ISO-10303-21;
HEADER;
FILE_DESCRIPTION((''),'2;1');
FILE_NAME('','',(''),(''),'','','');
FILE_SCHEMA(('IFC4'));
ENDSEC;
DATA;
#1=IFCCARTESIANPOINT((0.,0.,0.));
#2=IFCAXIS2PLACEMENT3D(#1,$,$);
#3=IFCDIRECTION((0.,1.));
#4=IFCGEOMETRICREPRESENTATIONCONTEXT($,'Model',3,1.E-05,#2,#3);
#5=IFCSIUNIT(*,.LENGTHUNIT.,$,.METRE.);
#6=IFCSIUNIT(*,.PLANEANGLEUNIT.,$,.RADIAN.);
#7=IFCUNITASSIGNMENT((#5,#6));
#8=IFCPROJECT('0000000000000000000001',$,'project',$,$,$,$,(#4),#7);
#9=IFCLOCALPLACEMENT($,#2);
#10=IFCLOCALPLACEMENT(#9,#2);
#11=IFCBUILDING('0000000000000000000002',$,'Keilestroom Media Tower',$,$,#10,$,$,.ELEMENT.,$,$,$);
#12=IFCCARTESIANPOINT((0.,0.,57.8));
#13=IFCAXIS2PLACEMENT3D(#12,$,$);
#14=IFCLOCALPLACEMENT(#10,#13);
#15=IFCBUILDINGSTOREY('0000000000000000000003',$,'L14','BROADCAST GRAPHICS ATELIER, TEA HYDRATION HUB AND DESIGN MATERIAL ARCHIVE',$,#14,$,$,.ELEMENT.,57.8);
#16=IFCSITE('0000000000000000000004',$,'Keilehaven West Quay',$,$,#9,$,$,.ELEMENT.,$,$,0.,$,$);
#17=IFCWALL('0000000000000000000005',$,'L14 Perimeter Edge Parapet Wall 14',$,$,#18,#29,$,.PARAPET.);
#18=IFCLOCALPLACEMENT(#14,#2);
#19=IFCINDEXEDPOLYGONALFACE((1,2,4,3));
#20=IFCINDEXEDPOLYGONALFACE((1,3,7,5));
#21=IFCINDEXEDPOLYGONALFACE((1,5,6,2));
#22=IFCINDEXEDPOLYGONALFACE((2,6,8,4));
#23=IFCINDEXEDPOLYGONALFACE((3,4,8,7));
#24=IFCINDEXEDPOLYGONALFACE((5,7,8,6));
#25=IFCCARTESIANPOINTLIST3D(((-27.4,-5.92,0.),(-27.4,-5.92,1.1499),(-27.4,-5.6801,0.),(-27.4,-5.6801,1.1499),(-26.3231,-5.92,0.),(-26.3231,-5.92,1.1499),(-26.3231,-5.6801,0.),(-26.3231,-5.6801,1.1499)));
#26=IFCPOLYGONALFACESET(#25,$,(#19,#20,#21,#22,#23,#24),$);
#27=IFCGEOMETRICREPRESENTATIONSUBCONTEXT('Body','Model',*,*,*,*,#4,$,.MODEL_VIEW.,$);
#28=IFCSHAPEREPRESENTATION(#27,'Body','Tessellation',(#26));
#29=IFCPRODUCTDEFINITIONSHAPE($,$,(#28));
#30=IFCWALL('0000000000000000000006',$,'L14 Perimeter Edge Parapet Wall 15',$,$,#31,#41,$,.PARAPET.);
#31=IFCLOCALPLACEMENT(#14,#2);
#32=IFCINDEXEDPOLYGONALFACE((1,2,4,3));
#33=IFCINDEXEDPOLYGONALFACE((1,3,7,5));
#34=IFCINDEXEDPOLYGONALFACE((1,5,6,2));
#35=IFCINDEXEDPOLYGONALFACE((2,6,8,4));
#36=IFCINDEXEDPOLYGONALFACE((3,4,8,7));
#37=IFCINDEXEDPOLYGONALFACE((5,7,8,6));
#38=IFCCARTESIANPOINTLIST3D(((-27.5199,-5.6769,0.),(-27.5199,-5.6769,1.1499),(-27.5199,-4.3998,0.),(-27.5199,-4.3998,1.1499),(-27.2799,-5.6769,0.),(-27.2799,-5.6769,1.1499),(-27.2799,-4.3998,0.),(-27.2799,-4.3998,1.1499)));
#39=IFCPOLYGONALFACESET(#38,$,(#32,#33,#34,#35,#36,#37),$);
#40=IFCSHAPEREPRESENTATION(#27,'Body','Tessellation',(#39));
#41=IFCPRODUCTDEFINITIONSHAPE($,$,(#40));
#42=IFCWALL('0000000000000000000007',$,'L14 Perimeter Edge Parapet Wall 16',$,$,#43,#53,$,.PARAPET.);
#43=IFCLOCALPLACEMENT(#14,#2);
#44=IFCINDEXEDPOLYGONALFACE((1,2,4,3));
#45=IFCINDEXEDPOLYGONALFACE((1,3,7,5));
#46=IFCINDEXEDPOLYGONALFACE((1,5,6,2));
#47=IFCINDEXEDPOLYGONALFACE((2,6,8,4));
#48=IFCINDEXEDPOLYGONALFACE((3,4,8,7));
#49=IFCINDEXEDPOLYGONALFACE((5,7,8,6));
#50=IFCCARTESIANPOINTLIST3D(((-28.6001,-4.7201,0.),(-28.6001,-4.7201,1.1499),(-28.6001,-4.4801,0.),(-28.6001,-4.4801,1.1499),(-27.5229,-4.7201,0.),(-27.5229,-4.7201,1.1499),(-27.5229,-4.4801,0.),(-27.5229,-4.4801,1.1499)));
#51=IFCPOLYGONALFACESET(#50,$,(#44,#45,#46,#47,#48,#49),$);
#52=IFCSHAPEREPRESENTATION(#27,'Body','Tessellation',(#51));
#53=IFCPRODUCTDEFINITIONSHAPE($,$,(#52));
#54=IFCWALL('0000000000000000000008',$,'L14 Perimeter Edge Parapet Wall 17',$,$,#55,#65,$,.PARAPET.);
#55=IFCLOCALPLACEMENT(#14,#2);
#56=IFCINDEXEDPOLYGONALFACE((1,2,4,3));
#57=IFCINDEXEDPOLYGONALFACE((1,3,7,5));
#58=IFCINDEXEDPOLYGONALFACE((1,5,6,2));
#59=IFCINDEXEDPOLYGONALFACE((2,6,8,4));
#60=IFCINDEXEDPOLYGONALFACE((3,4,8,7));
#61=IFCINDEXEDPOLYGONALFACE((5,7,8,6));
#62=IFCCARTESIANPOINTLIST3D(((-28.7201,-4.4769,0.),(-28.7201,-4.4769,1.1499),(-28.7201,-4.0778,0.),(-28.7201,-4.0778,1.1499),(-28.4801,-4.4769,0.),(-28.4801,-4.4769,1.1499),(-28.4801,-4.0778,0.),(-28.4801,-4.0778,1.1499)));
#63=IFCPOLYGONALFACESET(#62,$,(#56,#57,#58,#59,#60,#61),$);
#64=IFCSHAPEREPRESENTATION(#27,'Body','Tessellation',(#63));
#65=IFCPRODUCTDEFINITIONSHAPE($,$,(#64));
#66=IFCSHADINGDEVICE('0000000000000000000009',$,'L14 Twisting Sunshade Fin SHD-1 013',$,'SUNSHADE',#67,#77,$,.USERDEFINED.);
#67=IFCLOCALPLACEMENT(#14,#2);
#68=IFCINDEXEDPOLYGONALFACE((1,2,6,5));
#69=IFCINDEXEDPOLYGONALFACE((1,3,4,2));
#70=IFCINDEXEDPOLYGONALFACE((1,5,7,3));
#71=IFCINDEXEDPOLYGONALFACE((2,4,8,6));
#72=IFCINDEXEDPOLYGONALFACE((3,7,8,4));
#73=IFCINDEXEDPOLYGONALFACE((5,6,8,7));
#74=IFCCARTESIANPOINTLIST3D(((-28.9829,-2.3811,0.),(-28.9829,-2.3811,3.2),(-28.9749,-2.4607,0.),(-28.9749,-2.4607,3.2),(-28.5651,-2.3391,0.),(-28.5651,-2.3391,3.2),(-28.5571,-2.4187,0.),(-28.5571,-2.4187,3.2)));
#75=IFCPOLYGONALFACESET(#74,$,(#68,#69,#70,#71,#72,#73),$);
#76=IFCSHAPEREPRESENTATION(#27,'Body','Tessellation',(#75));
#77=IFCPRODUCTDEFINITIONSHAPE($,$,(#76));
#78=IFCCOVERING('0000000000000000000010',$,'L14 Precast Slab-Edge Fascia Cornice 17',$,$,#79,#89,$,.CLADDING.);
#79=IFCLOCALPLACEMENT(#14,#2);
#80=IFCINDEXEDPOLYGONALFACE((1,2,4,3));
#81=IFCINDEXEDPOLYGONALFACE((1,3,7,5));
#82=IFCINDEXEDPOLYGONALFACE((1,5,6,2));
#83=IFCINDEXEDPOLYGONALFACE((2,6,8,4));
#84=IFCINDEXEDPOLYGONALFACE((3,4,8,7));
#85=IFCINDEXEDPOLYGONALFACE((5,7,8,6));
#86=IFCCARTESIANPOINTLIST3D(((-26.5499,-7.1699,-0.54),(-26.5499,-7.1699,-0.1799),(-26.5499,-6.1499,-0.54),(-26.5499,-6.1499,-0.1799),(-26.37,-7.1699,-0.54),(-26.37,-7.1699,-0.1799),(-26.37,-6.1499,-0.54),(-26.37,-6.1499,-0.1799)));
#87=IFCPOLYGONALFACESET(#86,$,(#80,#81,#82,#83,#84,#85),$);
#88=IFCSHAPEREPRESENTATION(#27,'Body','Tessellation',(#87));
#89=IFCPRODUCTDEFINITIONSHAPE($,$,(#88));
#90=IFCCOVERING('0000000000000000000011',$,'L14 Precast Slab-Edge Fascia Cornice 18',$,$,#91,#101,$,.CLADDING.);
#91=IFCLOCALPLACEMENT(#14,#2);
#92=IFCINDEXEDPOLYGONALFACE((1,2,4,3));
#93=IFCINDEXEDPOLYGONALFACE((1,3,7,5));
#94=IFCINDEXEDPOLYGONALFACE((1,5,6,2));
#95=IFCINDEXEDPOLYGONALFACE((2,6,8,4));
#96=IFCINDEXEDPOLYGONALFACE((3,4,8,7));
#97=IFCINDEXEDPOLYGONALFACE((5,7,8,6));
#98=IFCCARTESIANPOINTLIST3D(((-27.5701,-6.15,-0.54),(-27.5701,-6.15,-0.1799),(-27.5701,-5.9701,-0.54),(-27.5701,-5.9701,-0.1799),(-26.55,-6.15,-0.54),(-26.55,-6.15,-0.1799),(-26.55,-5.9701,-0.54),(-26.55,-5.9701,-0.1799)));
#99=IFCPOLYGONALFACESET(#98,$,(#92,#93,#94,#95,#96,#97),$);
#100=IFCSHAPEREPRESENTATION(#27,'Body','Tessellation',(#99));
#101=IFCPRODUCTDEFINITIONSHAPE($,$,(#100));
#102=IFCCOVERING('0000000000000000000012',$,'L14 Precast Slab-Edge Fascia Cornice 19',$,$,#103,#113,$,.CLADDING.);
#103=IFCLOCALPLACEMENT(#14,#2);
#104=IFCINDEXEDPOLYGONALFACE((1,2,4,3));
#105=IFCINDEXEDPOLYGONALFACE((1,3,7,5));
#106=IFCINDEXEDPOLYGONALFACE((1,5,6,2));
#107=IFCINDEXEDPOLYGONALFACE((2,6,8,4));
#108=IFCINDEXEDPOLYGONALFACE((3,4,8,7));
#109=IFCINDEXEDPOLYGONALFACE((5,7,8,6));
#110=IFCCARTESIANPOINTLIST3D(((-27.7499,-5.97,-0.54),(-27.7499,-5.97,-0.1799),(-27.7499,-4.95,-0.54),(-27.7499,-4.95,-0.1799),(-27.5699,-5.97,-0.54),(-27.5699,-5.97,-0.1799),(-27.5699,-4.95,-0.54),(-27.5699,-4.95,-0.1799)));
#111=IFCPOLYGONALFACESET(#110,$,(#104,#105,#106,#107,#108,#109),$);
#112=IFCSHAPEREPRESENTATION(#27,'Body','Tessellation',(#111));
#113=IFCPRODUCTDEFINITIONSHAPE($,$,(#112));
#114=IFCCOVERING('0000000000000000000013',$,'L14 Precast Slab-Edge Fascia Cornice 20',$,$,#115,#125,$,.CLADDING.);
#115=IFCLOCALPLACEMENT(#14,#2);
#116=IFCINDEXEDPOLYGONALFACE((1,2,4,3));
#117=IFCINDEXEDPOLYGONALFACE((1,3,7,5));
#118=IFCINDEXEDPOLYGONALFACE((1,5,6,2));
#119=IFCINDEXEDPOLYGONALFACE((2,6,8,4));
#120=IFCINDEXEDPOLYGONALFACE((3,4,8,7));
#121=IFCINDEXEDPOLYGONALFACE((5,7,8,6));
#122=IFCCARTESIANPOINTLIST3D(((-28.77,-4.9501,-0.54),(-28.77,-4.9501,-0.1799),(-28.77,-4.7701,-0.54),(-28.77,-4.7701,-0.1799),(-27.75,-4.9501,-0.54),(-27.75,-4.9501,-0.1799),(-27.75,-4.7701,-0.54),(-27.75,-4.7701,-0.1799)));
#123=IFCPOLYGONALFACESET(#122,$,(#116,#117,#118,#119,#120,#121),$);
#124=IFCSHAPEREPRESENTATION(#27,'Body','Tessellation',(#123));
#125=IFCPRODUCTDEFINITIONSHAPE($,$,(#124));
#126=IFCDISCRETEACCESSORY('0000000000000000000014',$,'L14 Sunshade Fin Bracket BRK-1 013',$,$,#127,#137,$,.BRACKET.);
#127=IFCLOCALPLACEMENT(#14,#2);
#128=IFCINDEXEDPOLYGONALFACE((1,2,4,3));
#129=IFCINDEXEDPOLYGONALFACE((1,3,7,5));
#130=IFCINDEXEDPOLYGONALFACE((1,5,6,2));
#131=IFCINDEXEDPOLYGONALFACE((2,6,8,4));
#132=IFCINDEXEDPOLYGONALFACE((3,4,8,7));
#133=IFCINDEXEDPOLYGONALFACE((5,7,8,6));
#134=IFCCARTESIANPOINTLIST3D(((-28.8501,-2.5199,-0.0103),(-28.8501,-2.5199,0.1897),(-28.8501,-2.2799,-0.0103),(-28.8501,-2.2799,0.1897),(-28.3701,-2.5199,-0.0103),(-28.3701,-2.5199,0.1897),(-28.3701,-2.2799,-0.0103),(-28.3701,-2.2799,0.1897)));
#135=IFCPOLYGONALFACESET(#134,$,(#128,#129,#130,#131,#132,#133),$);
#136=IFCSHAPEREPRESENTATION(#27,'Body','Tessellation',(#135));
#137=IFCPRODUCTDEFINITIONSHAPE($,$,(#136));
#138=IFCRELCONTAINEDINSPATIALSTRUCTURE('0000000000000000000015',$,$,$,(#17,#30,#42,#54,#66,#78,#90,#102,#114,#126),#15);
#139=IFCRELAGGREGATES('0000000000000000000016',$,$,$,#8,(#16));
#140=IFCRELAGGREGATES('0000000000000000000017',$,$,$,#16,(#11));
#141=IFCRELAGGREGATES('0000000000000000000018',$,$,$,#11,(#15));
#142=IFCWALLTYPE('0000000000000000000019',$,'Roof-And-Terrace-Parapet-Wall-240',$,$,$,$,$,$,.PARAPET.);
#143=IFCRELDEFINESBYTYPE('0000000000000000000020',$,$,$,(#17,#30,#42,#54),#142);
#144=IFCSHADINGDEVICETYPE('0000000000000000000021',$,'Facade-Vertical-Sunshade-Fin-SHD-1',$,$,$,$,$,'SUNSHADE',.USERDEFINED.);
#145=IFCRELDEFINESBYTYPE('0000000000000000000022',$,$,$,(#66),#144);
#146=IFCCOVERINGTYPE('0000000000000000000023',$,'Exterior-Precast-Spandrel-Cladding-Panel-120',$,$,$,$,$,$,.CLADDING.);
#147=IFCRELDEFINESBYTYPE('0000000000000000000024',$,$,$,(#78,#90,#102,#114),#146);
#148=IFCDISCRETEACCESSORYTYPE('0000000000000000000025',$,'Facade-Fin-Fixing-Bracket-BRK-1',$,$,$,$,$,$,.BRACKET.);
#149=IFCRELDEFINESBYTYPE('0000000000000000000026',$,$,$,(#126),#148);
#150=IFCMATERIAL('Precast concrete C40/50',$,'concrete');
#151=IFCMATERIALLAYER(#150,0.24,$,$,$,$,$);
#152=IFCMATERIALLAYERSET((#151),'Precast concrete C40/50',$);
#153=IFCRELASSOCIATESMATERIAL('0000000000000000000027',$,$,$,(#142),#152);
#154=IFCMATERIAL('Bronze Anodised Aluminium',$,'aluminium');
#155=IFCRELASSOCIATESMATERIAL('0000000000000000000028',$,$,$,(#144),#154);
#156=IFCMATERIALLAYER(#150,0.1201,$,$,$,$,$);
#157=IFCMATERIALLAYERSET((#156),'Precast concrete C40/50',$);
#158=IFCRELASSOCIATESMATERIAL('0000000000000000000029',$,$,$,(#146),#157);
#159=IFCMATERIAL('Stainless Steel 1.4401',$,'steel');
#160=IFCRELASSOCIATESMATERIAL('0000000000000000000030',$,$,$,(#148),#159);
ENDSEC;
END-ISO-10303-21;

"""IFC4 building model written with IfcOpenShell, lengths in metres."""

from ifc_helpers import new_model, si_unit, direction, frame, frame_2d, origin, origin_2d, place, context, subcontext, project, spatial, rectangle, extrude, source, transform, mapped, material, layer, layer_set, type_object, element, save


model = new_model("IFC4")

# Units and contexts
model_context = context("Model", 3, precision=1e-05, world=origin(), true_north=direction((0.0, 1.0)))
body_context = subcontext(model_context, "Body", "Model", "MODEL_VIEW")
ifc_project = project(units=[si_unit("LENGTHUNIT", "METRE"), si_unit("PLANEANGLEUNIT", "RADIAN")], contexts=[model_context])

# Site, building, storey
site_placement = place(None, origin())
site = spatial("IfcSite", under=ifc_project, at=site_placement, Name="Keilehaven West Quay", CompositionType="ELEMENT", RefElevation=0.0)
building_placement = place(site_placement, origin())
building = spatial("IfcBuilding", under=site, at=building_placement, Name="Keilestroom Media Tower", CompositionType="ELEMENT")
storey_placement = place(building_placement, frame((0.0, 0.0, 57.8)))
storey = spatial("IfcBuildingStorey", under=building, at=storey_placement, Name="L14", Description="BROADCAST GRAPHICS ATELIER, TEA HYDRATION HUB AND DESIGN MATERIAL ARCHIVE", CompositionType="ELEMENT", Elevation=57.8)

# Shared definitions
ifc_material_1 = material(Name="Precast concrete C40/50", Category="concrete")

# Walls
ifc_layer_1 = layer(ifc_material_1, 0.24)
ifc_layer_set_1 = layer_set([ifc_layer_1], Name="Precast concrete C40/50")
wall_type_1 = type_object("IfcWallType", Name="Roof-And-Terrace-Parapet-Wall-240", PredefinedType="PARAPET", material=ifc_layer_set_1)
wall_1_placement = place(storey_placement, frame((-26.323, -5.8, 0.0), z_axis=(0.0, 0.0, 1.0), x_axis=(-1.0, 0.0, 0.0)))
element("IfcWall", 1, at=wall_1_placement, inside=storey, type_object=wall_type_1, Name="L14 Perimeter Edge Parapet Wall 14", PredefinedType="PARAPET", context=body_context, shape_type="SweptSolid", body=[
    extrude(rectangle(XDim=1.0769, YDim=0.24, at=frame_2d((0.5386, 0.0))), origin(), (0.0, 0.0, 1.0), 1.1499),
])
wall_2_placement = place(storey_placement, frame((-27.3999, -5.677, 0.0), z_axis=(0.0, 0.0, 1.0), x_axis=(0.0, 1.0, 0.0)))
element("IfcWall", 2, at=wall_2_placement, inside=storey, type_object=wall_type_1, Name="L14 Perimeter Edge Parapet Wall 15", PredefinedType="PARAPET", context=body_context, shape_type="SweptSolid", body=[
    extrude(rectangle(XDim=1.2771, YDim=0.24, at=frame_2d((0.6387, 0.0))), origin(), (0.0, 0.0, 1.0), 1.1499),
])
wall_3_placement = place(storey_placement, frame((-27.5229, -4.6001, 0.0), z_axis=(0.0, 0.0, 1.0), x_axis=(-1.0, 0.0, 0.0)))
element("IfcWall", 3, at=wall_3_placement, inside=storey, type_object=wall_type_1, Name="L14 Perimeter Edge Parapet Wall 16", PredefinedType="PARAPET", context=body_context, shape_type="SweptSolid", body=[
    extrude(rectangle(XDim=1.0771, YDim=0.24, at=frame_2d((0.5386, 0.0))), origin(), (0.0, 0.0, 1.0), 1.1499),
])
wall_4_placement = place(storey_placement, frame((-28.6001, -4.4771, 0.0), z_axis=(0.0, 0.0, 1.0), x_axis=(0.0, 1.0, 0.0)))
element("IfcWall", 4, at=wall_4_placement, inside=storey, type_object=wall_type_1, Name="L14 Perimeter Edge Parapet Wall 17", PredefinedType="PARAPET", context=body_context, shape_type="SweptSolid", body=[
    extrude(rectangle(XDim=0.3992, YDim=0.24, at=frame_2d((0.1997, 0.0))), origin(), (0.0, 0.0, 1.0), 1.1499),
])

# Shading device
ifc_material_2 = material(Name="Bronze Anodised Aluminium", Category="aluminium")
shading_device_type = type_object("IfcShadingDeviceType", Name="Facade-Vertical-Sunshade-Fin-SHD-1", ElementType="SUNSHADE", PredefinedType="USERDEFINED", material=ifc_material_2)
shared_shape_1 = source(origin(), body_context, "Body", "SweptSolid", [
    extrude(rectangle(XDim=0.4199, YDim=0.0801, at=origin_2d()), origin(), (0.0, 0.0, 1.0), 3.2),
])
shading_device_placement = place(storey_placement, frame((-28.77, -2.3999, 0.0), z_axis=(0.0, 0.0, 1.0), x_axis=(0.994986, 0.100014, 0.0)))
element("IfcShadingDevice", 5, at=shading_device_placement, inside=storey, type_object=shading_device_type, Name="L14 Twisting Sunshade Fin SHD-1 013", ObjectType="SUNSHADE", PredefinedType="USERDEFINED", context=body_context, shape_type="MappedRepresentation", body=[
    mapped(shared_shape_1, transform((0.0, 0.0, 0.0), x_axis=(1.0, 0.0, 0.0), y_axis=(0.0, 1.0, 0.0), z_axis=(0.0, 0.0, 1.0), scale=1.0)),
])

# Coverings
ifc_layer_2 = layer(ifc_material_1, 0.1201)
ifc_layer_set_2 = layer_set([ifc_layer_2], Name="Precast concrete C40/50")
covering_type = type_object("IfcCoveringType", Name="Exterior-Precast-Spandrel-Cladding-Panel-120", PredefinedType="CLADDING", material=ifc_layer_set_2)
shared_shape_2 = source(origin(), body_context, "Body", "SweptSolid", [
    extrude(rectangle(XDim=1.02, YDim=0.1799, at=origin_2d()), origin(), (0.0, 0.0, 1.0), 0.3601),
])
for number, where, z_axis, x_axis, name in (
    (6, (-26.46, -6.6599, -0.54), (0.0, 0.0, 1.0), (0.0, 1.0, 0.0), "L14 Precast Slab-Edge Fascia Cornice 17"),
    (7, (-27.0601, -6.0601, -0.54), (0.0, 0.0, 1.0), (-1.0, 0.0, 0.0), "L14 Precast Slab-Edge Fascia Cornice 18"),
    (8, (-27.6599, -5.46, -0.54), (0.0, 0.0, 1.0), (0.0, 1.0, 0.0), "L14 Precast Slab-Edge Fascia Cornice 19"),
    (9, (-28.26, -4.8601, -0.54), (0.0, 0.0, 1.0), (-1.0, 0.0, 0.0), "L14 Precast Slab-Edge Fascia Cornice 20"),
):
    element("IfcCovering", number, at=place(storey_placement, frame(where, z_axis=z_axis, x_axis=x_axis)), inside=storey, type_object=covering_type, Name=name, PredefinedType="CLADDING", context=body_context, shape_type="MappedRepresentation", body=[
        mapped(shared_shape_2, transform((0.0, 0.0, 0.0), x_axis=(1.0, 0.0, 0.0), y_axis=(0.0, 1.0, 0.0), z_axis=(0.0, 0.0, 1.0), scale=1.0)),
    ])

# Discrete accessory
ifc_material_3 = material(Name="Stainless Steel 1.4401", Category="steel")
discrete_accessory_type = type_object("IfcDiscreteAccessoryType", Name="Facade-Fin-Fixing-Bracket-BRK-1", PredefinedType="BRACKET", material=ifc_material_3)
shared_shape_3 = source(origin(), body_context, "Body", "SweptSolid", [
    extrude(rectangle(XDim=0.48, YDim=0.24, at=origin_2d()), origin(), (0.0, 0.0, 1.0), 0.2),
])
discrete_accessory_placement = place(storey_placement, frame((-28.6101, -2.3999, -0.0103), z_axis=(0.0, 0.0, 1.0), x_axis=(1.0, 0.0, 0.0)))
element("IfcDiscreteAccessory", 10, at=discrete_accessory_placement, inside=storey, type_object=discrete_accessory_type, Name="L14 Sunshade Fin Bracket BRK-1 013", PredefinedType="BRACKET", context=body_context, shape_type="MappedRepresentation", body=[
    mapped(shared_shape_3, transform((0.0, 0.0, 0.0), x_axis=(1.0, 0.0, 0.0), y_axis=(0.0, 1.0, 0.0), z_axis=(0.0, 0.0, 1.0), scale=1.0)),
])

save(model, "model.ifc")
